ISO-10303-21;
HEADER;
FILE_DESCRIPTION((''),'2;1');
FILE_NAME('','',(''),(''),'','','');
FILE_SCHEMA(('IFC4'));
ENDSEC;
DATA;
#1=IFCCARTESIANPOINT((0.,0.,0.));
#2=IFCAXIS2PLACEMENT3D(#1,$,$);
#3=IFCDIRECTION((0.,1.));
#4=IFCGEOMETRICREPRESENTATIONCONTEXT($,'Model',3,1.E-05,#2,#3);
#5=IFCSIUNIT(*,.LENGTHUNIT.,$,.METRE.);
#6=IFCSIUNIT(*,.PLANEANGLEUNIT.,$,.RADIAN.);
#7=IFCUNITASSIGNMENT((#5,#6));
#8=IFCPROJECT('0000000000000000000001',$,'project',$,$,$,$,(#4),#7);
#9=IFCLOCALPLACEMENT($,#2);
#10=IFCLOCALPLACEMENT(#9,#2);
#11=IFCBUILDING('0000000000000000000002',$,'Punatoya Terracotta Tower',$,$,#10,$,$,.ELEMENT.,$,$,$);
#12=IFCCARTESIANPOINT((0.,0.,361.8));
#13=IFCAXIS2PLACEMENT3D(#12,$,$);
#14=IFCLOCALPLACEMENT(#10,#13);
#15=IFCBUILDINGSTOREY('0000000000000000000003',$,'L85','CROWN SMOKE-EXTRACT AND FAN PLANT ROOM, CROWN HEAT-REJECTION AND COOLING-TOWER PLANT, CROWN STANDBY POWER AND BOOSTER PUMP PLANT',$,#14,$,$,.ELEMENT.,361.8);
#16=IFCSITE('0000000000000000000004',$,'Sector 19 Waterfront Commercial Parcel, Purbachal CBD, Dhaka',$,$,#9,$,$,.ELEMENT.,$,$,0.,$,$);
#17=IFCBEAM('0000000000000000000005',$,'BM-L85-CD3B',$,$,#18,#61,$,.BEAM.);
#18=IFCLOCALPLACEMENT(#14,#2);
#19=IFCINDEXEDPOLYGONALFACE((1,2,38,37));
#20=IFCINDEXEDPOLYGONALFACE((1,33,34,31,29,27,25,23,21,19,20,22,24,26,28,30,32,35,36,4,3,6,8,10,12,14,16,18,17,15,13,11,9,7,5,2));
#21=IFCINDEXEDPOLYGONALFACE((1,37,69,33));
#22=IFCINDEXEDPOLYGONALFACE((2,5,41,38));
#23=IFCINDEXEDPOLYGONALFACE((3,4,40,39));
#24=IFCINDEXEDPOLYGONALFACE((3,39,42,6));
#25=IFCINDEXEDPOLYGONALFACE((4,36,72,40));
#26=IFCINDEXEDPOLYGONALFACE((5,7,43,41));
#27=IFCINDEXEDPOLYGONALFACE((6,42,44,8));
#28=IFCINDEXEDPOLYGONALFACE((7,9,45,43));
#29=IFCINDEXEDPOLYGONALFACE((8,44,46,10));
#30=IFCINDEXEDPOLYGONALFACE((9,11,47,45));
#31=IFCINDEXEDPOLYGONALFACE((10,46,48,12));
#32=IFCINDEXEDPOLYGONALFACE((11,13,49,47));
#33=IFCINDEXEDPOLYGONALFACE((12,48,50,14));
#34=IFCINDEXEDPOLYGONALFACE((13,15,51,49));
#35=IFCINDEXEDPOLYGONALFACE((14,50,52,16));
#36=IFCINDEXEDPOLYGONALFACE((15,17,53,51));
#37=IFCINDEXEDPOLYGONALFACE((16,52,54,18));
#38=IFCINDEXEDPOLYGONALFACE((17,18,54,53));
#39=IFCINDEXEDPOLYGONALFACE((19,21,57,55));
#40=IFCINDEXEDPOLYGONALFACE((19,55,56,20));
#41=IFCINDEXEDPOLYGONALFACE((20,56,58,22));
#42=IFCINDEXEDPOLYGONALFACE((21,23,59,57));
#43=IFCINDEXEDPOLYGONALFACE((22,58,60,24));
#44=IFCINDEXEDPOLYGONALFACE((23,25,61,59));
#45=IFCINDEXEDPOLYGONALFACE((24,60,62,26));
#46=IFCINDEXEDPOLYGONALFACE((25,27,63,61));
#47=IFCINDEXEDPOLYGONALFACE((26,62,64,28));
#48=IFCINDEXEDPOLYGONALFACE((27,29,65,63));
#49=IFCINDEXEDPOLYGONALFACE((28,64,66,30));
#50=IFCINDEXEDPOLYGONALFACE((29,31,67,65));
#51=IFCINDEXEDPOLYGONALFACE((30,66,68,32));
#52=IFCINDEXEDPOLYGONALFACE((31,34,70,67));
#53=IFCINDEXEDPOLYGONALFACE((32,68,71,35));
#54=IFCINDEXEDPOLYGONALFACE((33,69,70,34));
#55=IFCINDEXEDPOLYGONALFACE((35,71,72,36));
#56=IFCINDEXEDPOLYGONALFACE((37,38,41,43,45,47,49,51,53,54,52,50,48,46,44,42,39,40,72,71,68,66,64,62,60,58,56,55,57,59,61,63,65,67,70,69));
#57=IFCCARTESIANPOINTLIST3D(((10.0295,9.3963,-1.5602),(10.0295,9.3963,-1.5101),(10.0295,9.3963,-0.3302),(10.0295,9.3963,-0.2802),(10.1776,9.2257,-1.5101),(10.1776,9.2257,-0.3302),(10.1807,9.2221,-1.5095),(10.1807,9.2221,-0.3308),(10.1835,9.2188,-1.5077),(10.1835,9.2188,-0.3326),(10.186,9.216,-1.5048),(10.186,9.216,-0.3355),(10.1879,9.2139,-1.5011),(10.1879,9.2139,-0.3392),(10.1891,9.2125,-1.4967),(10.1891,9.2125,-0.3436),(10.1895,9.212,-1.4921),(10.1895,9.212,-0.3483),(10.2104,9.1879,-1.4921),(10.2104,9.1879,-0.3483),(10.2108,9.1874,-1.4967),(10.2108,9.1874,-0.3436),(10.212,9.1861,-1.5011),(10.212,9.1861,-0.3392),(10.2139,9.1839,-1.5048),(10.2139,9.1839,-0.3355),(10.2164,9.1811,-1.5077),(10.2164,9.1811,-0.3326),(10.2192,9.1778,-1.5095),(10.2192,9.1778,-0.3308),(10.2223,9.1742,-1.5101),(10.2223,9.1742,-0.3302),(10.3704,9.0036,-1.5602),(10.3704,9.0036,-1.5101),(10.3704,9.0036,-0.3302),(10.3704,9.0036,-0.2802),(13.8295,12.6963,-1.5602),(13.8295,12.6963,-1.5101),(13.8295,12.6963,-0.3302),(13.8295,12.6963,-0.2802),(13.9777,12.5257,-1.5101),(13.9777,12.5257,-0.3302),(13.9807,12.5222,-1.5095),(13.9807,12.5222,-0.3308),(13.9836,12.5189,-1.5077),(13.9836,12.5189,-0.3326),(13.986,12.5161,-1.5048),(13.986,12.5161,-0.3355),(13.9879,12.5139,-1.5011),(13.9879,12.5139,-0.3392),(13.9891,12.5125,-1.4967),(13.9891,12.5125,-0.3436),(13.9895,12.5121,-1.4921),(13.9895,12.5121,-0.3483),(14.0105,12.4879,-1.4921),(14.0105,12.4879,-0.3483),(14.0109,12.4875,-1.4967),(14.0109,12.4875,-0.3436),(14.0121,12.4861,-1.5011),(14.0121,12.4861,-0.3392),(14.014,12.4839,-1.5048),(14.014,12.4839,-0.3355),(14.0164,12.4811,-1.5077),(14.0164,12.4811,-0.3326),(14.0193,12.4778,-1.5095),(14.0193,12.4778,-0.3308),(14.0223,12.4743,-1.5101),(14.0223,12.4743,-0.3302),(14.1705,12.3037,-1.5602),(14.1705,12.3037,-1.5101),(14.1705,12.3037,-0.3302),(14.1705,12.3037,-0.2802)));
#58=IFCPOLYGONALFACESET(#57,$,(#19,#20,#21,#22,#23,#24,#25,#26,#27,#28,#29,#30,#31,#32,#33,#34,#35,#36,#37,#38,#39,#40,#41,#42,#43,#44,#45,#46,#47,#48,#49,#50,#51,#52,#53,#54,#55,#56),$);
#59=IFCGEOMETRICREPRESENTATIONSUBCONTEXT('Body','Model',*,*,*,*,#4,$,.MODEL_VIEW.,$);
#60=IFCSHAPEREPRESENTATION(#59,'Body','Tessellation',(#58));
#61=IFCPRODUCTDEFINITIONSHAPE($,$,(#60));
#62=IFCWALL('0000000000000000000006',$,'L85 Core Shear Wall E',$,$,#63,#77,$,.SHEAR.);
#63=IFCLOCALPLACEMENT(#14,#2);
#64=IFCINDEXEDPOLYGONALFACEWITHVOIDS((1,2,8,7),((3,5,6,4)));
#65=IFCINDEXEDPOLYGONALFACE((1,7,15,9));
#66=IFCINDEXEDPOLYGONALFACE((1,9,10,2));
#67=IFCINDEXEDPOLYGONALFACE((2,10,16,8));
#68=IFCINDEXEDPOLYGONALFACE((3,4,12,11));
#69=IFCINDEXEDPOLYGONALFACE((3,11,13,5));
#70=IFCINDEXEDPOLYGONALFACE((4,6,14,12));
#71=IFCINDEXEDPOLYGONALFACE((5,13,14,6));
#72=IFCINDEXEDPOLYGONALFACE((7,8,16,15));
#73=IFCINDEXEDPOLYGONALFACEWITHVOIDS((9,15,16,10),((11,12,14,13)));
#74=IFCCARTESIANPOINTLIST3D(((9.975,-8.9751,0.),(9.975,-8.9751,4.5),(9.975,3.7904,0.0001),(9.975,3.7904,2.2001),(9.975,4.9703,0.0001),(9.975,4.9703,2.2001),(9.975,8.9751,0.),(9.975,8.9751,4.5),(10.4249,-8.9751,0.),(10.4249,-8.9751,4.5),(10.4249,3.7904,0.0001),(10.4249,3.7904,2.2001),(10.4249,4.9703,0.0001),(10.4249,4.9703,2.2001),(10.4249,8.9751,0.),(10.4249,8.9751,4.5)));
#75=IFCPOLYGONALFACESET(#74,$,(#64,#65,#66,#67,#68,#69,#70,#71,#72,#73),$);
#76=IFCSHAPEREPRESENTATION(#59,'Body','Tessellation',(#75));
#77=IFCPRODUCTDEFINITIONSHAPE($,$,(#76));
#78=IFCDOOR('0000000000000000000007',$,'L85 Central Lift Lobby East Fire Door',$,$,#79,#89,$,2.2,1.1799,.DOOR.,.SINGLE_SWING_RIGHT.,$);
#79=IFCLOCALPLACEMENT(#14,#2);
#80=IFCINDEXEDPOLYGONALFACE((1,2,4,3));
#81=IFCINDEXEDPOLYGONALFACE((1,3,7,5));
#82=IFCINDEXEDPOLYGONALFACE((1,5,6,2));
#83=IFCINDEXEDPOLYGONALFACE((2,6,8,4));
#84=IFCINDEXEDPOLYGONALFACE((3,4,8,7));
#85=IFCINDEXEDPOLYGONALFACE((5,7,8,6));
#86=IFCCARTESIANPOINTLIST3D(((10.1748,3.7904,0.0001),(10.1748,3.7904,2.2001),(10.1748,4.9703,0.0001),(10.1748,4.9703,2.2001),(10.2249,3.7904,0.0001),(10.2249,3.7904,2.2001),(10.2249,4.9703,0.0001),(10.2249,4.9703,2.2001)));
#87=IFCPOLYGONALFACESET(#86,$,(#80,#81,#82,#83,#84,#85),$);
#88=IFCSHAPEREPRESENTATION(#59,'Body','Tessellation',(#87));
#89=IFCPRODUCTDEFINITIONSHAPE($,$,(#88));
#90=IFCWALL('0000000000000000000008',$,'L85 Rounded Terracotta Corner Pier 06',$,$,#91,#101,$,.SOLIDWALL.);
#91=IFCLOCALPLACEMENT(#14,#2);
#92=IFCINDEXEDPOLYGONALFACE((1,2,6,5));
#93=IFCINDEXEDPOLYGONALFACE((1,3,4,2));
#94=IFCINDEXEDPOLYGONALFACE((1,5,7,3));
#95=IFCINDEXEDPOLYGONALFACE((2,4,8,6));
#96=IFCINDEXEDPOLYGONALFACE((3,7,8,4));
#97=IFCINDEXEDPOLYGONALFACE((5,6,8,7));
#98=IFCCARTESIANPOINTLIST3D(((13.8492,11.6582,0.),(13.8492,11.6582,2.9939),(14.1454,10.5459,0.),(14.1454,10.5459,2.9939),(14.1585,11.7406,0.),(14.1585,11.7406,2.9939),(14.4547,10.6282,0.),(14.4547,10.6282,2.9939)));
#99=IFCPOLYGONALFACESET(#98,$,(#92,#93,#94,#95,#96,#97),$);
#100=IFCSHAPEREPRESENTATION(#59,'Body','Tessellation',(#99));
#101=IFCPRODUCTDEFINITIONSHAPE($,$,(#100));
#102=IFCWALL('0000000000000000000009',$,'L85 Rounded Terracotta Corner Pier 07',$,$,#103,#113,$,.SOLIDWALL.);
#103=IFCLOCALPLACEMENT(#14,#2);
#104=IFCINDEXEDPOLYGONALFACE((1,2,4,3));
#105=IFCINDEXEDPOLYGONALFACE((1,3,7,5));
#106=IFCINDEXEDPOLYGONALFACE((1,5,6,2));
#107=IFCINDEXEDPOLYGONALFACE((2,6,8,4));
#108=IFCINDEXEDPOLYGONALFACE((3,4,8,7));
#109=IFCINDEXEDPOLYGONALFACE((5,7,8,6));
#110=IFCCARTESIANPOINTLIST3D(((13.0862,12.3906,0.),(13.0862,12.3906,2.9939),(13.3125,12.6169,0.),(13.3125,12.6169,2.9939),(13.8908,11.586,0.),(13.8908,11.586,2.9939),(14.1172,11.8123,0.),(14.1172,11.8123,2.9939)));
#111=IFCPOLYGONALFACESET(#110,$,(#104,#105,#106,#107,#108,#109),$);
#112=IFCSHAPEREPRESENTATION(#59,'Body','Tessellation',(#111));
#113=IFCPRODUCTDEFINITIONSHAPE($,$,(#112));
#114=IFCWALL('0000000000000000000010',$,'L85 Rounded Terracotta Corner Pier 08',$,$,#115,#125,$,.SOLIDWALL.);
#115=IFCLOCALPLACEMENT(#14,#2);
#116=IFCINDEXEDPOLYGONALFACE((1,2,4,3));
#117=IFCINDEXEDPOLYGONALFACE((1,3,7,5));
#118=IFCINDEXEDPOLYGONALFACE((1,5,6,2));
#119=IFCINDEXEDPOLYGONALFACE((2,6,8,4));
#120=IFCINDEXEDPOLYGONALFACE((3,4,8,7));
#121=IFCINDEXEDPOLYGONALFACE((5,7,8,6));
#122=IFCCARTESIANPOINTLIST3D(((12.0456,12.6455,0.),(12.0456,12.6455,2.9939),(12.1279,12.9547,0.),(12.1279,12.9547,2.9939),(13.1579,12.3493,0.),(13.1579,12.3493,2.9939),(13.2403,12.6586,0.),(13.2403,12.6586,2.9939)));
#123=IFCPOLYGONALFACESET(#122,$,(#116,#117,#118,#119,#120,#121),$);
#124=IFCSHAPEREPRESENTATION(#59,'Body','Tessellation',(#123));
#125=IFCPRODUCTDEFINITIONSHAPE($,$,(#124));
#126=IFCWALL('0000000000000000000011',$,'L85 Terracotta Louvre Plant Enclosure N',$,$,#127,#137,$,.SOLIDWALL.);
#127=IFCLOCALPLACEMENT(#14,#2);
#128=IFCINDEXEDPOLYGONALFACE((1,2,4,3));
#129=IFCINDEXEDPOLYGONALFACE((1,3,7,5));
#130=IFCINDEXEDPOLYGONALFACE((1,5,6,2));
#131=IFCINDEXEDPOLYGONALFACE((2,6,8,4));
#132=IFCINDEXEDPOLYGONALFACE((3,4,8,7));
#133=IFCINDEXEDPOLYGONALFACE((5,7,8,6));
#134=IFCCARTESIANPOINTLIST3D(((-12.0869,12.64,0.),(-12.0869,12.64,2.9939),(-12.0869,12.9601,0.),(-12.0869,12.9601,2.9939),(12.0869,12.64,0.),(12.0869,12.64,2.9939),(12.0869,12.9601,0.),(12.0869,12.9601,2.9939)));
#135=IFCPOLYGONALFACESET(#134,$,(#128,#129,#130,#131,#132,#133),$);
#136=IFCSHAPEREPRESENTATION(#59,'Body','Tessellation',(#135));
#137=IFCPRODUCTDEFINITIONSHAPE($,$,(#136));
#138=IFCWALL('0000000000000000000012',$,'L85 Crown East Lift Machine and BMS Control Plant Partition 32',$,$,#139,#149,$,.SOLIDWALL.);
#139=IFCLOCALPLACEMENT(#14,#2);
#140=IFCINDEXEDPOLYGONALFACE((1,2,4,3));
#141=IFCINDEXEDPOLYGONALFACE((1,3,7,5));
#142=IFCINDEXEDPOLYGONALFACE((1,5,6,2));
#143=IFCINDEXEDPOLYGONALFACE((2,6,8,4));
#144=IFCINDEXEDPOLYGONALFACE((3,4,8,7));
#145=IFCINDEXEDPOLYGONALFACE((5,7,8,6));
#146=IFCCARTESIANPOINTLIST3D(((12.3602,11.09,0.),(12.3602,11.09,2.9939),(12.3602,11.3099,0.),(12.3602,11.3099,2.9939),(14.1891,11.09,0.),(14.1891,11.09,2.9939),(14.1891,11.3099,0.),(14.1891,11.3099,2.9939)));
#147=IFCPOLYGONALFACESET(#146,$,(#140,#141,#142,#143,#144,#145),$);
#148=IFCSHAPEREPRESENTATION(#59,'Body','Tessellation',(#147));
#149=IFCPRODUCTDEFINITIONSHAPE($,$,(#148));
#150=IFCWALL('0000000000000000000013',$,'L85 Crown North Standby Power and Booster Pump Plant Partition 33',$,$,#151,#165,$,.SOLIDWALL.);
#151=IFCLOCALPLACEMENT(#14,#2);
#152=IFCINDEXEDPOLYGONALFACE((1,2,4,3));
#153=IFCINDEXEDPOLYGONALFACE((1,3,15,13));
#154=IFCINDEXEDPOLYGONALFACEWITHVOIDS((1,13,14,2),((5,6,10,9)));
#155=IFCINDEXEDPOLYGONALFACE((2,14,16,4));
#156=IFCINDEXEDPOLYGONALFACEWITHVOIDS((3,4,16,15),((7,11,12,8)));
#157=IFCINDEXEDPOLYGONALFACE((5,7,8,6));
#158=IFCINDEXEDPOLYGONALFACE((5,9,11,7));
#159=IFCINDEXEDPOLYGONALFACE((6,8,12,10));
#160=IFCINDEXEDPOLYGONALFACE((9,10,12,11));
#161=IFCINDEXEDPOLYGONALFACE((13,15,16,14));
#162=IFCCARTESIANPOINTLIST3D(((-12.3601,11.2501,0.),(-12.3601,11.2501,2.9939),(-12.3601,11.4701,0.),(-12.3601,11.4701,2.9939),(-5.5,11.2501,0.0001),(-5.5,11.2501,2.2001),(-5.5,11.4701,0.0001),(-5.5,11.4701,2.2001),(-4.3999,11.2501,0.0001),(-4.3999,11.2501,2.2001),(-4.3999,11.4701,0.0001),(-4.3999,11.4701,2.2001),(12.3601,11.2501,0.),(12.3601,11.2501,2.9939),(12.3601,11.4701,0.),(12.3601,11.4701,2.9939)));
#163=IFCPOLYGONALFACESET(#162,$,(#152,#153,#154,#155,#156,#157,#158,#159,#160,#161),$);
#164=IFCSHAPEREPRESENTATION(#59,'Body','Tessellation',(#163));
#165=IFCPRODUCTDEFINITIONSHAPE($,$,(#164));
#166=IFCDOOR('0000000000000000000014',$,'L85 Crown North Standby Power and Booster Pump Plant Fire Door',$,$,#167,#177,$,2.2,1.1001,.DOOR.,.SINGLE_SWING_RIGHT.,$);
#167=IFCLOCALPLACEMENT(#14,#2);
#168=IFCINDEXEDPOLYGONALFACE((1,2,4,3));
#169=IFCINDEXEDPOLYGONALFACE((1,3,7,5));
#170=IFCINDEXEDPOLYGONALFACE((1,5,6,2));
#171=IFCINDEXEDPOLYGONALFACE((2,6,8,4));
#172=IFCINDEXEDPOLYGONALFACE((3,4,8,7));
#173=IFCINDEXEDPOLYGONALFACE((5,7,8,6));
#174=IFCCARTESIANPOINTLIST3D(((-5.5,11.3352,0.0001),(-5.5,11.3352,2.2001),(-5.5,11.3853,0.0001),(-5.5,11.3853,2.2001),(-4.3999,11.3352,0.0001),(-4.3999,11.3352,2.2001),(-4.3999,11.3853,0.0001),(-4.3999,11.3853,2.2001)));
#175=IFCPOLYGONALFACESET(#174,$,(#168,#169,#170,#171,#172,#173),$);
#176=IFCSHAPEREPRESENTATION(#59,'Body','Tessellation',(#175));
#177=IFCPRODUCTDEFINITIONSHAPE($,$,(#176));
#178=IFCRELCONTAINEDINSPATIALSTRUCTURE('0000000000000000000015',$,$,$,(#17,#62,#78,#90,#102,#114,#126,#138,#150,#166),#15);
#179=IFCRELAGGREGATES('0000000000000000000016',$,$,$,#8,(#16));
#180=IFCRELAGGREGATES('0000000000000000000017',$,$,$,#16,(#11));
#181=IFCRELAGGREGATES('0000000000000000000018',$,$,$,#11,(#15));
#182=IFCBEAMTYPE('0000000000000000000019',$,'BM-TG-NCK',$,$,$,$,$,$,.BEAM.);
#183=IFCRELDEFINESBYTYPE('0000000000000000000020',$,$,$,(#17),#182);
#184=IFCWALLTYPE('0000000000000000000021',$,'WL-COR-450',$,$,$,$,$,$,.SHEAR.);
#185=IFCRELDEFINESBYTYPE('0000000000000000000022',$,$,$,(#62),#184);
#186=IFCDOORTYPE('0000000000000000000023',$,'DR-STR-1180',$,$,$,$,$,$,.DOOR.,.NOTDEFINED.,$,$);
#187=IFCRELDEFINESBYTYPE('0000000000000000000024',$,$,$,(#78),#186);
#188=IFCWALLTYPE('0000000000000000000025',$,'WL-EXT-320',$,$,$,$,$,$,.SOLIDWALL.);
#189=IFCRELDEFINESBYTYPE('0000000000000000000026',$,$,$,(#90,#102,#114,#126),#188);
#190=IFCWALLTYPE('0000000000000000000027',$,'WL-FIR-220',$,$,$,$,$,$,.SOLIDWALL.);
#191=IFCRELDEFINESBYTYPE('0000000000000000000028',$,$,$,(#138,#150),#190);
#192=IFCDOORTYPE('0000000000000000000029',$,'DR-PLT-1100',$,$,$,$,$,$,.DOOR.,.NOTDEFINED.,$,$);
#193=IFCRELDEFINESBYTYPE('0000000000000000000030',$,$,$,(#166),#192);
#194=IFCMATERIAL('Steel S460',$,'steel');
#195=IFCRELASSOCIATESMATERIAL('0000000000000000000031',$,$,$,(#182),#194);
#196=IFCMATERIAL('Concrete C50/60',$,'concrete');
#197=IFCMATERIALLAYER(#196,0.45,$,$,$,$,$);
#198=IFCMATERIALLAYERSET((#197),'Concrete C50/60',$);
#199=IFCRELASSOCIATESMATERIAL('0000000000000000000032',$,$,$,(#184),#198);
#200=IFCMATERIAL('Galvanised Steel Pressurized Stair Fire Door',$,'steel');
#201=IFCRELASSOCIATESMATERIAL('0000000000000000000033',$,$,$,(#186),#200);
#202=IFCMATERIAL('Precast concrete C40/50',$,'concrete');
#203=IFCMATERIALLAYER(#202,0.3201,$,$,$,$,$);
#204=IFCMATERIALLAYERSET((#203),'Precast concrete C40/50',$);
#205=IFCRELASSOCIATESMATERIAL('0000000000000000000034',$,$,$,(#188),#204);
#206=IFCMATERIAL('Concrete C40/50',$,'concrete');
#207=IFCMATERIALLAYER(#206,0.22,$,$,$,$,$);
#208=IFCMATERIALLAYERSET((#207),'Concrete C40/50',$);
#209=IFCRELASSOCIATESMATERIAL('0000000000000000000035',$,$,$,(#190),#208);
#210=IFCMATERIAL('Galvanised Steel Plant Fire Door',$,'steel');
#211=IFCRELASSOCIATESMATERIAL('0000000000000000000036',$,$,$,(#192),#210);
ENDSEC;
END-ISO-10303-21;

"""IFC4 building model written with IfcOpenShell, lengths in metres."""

from ifc_helpers import new_model, si_unit, direction, frame, frame_2d, origin, origin_2d, place, context, subcontext, project, spatial, rectangle, i_section, extrude, material, layer, layer_set, material_profile, profile_set, type_object, element, fill, save


model = new_model("IFC4")

# Units and contexts
model_context = context("Model", 3, precision=1e-05, world=origin(), true_north=direction((0.0, 1.0)))
body_context = subcontext(model_context, "Body", "Model", "MODEL_VIEW")
ifc_project = project(units=[si_unit("LENGTHUNIT", "METRE"), si_unit("PLANEANGLEUNIT", "RADIAN")], contexts=[model_context])

# Site, building, storey
site_placement = place(None, origin())
site = spatial("IfcSite", under=ifc_project, at=site_placement, Name="Sector 19 Waterfront Commercial Parcel, Purbachal CBD, Dhaka", CompositionType="ELEMENT", RefElevation=0.0)
building_placement = place(site_placement, origin())
building = spatial("IfcBuilding", under=site, at=building_placement, Name="Punatoya Terracotta Tower", CompositionType="ELEMENT")
storey_placement = place(building_placement, frame((0.0, 0.0, 361.8)))
storey = spatial("IfcBuildingStorey", under=building, at=storey_placement, Name="L85", Description="CROWN SMOKE-EXTRACT AND FAN PLANT ROOM, CROWN HEAT-REJECTION AND COOLING-TOWER PLANT, CROWN STANDBY POWER AND BOOSTER PUMP PLANT", CompositionType="ELEMENT", Elevation=361.8)

# Beam
ifc_material_1 = material(Name="Steel S460", Category="steel")
ifc_material_profile_1 = material_profile(ifc_material_1, i_section(OverallWidth=0.52, OverallDepth=1.28, WebThickness=0.032, FlangeThickness=0.05, FilletRadius=0.0181, at=origin_2d()))
ifc_profile_set_1 = profile_set([ifc_material_profile_1], Name="Steel S460")
beam_type = type_object("IfcBeamType", Name="BM-TG-NCK", PredefinedType="BEAM", material=ifc_profile_set_1)
beam_1_placement = place(storey_placement, frame((14.0, 12.5, -0.9202), z_axis=(-0.755032, -0.655687, 0.0), x_axis=(0.655687, -0.755032, 0.0)))
element("IfcBeam", 1, at=beam_1_placement, inside=storey, type_object=beam_type, Name="BM-L85-CD3B", PredefinedType="BEAM", context=body_context, shape_type="SweptSolid", body=[
    extrude(i_section(OverallWidth=0.52, OverallDepth=1.28, WebThickness=0.032, FlangeThickness=0.05, FilletRadius=0.0181, at=origin_2d()), origin(), (0.0, 0.0, 1.0), 5.033),
])

# Wall, opening, door
ifc_material_2 = material(Name="Concrete C50/60", Category="concrete")
ifc_layer_1 = layer(ifc_material_2, 0.45)
ifc_layer_set_1 = layer_set([ifc_layer_1], Name="Concrete C50/60")
wall_type_1 = type_object("IfcWallType", Name="WL-COR-450", PredefinedType="SHEAR", material=ifc_layer_set_1)
wall_1_placement = place(storey_placement, frame((10.2, 8.9751, 0.0), z_axis=(0.0, 0.0, 1.0), x_axis=(0.0, -1.0, 0.0)))
wall_1 = element("IfcWall", 2, at=wall_1_placement, inside=storey, type_object=wall_type_1, Name="L85 Core Shear Wall E", PredefinedType="SHEAR", context=body_context, shape_type="SweptSolid", body=[
    extrude(rectangle(XDim=17.9502, YDim=0.45, at=frame_2d((8.9751, 0.0))), origin(), (0.0, 0.0, 1.0), 4.5),
])
opening_1_placement = place(wall_1_placement, frame((4.0049, 0.0, 0.0)))
opening_1 = element("IfcOpeningElement", 3, at=opening_1_placement, cuts=wall_1, PredefinedType="OPENING", context=body_context, shape_type="SweptSolid", body=[
    extrude(rectangle(XDim=1.1799, YDim=2.2, at=frame_2d((0.5898, 1.1001))), frame((0.0, 0.2349, 0.0), z_axis=(0.0, -1.0, 0.0), x_axis=(1.0, 0.0, 0.0)), (0.0, 0.0, 1.0), 0.47),
])
ifc_material_3 = material(Name="Galvanised Steel Pressurized Stair Fire Door", Category="steel")
door_type_1 = type_object("IfcDoorType", Name="DR-STR-1180", OperationType="NOTDEFINED", PredefinedType="DOOR", material=ifc_material_3)
door_1_placement = place(opening_1_placement, origin())
door_1 = element("IfcDoor", 4, at=door_1_placement, inside=storey, type_object=door_type_1, Name="L85 Central Lift Lobby East Fire Door", OperationType="SINGLE_SWING_RIGHT", OverallHeight=2.2, OverallWidth=1.1799, PredefinedType="DOOR", context=body_context, shape_type="SweptSolid", body=[
    extrude(rectangle(XDim=1.1799, YDim=2.2, at=frame_2d((0.5898, 1.1001))), frame((0.0, 0.0249, 0.0), z_axis=(0.0, -1.0, 0.0), x_axis=(1.0, 0.0, 0.0)), (0.0, 0.0, 1.0), 0.05),
])
fill(opening_1, door_1)

# Walls
ifc_material_4 = material(Name="Precast concrete C40/50", Category="concrete")
ifc_layer_2 = layer(ifc_material_4, 0.3201)
ifc_layer_set_2 = layer_set([ifc_layer_2], Name="Precast concrete C40/50")
wall_type_2 = type_object("IfcWallType", Name="WL-EXT-320", PredefinedType="SOLIDWALL", material=ifc_layer_set_2)
wall_2_placement = place(storey_placement, frame((14.3, 10.5869, 0.0), z_axis=(0.0, 0.0, 1.0), x_axis=(-0.25728, 0.966337, 0.0)))
element("IfcWall", 5, at=wall_2_placement, inside=storey, type_object=wall_type_2, Name="L85 Rounded Terracotta Corner Pier 06", PredefinedType="SOLIDWALL", context=body_context, shape_type="SweptSolid", body=[
    extrude(rectangle(XDim=1.1511, YDim=0.3201, at=frame_2d((0.5757, 0.0))), origin(), (0.0, 0.0, 1.0), 2.9939),
])
wall_3_placement = place(storey_placement, frame((14.0039, 11.6992, 0.0), z_axis=(0.0, 0.0, 1.0), x_axis=(-0.707107, 0.707107, 0.0)))
element("IfcWall", 6, at=wall_3_placement, inside=storey, type_object=wall_type_2, Name="L85 Rounded Terracotta Corner Pier 07", PredefinedType="SOLIDWALL", context=body_context, shape_type="SweptSolid", body=[
    extrude(rectangle(XDim=1.1379, YDim=0.3201, at=frame_2d((0.5688, 0.0))), origin(), (0.0, 0.0, 1.0), 2.9939),
])
wall_4_placement = place(storey_placement, frame((13.1992, 12.5039, 0.0), z_axis=(0.0, 0.0, 1.0), x_axis=(-0.966337, 0.25728, 0.0)))
element("IfcWall", 7, at=wall_4_placement, inside=storey, type_object=wall_type_2, Name="L85 Rounded Terracotta Corner Pier 08", PredefinedType="SOLIDWALL", context=body_context, shape_type="SweptSolid", body=[
    extrude(rectangle(XDim=1.1511, YDim=0.3201, at=frame_2d((0.5757, 0.0))), origin(), (0.0, 0.0, 1.0), 2.9939),
])
wall_5_placement = place(storey_placement, frame((12.0869, 12.8, 0.0), z_axis=(0.0, 0.0, 1.0), x_axis=(-1.0, 0.0, 0.0)))
element("IfcWall", 8, at=wall_5_placement, inside=storey, type_object=wall_type_2, Name="L85 Terracotta Louvre Plant Enclosure N", PredefinedType="SOLIDWALL", context=body_context, shape_type="SweptSolid", body=[
    extrude(rectangle(XDim=24.1738, YDim=0.3201, at=frame_2d((12.0869, 0.0))), origin(), (0.0, 0.0, 1.0), 2.9939),
])
ifc_material_5 = material(Name="Concrete C40/50", Category="concrete")
ifc_layer_3 = layer(ifc_material_5, 0.22)
ifc_layer_set_3 = layer_set([ifc_layer_3], Name="Concrete C40/50")
wall_type_3 = type_object("IfcWallType", Name="WL-FIR-220", PredefinedType="SOLIDWALL", material=ifc_layer_set_3)
wall_6_placement = place(storey_placement, frame((12.3601, 11.2, 0.0), z_axis=(0.0, 0.0, 1.0), x_axis=(1.0, 0.0, 0.0)))
element("IfcWall", 9, at=wall_6_placement, inside=storey, type_object=wall_type_3, Name="L85 Crown East Lift Machine and BMS Control Plant Partition 32", PredefinedType="SOLIDWALL", context=body_context, shape_type="SweptSolid", body=[
    extrude(rectangle(XDim=1.8289, YDim=0.22, at=frame_2d((0.9146, 0.0))), origin(), (0.0, 0.0, 1.0), 2.9939),
])

# Wall, opening, door
wall_7_placement = place(storey_placement, frame((12.3601, 11.3601, 0.0), z_axis=(0.0, 0.0, 1.0), x_axis=(-1.0, 0.0, 0.0)))
wall_7 = element("IfcWall", 10, at=wall_7_placement, inside=storey, type_object=wall_type_3, Name="L85 Crown North Standby Power and Booster Pump Plant Partition 33", PredefinedType="SOLIDWALL", context=body_context, shape_type="SweptSolid", body=[
    extrude(rectangle(XDim=24.7202, YDim=0.22, at=frame_2d((12.3601, 0.0))), origin(), (0.0, 0.0, 1.0), 2.9939),
])
opening_2_placement = place(wall_7_placement, frame((16.76, 0.0, 0.0)))
opening_2 = element("IfcOpeningElement", 11, at=opening_2_placement, cuts=wall_7, PredefinedType="OPENING", context=body_context, shape_type="SweptSolid", body=[
    extrude(rectangle(XDim=1.1001, YDim=2.2, at=frame_2d((0.55, 1.1001))), frame((0.0, 0.1199, 0.0), z_axis=(0.0, -1.0, 0.0), x_axis=(1.0, 0.0, 0.0)), (0.0, 0.0, 1.0), 0.24),
])
ifc_material_6 = material(Name="Galvanised Steel Plant Fire Door", Category="steel")
door_type_2 = type_object("IfcDoorType", Name="DR-PLT-1100", OperationType="NOTDEFINED", PredefinedType="DOOR", material=ifc_material_6)
door_2_placement = place(opening_2_placement, origin())
door_2 = element("IfcDoor", 12, at=door_2_placement, inside=storey, type_object=door_type_2, Name="L85 Crown North Standby Power and Booster Pump Plant Fire Door", OperationType="SINGLE_SWING_RIGHT", OverallHeight=2.2, OverallWidth=1.1001, PredefinedType="DOOR", context=body_context, shape_type="SweptSolid", body=[
    extrude(rectangle(XDim=1.1001, YDim=2.2, at=frame_2d((0.55, 1.1001))), frame((0.0, 0.0249, 0.0), z_axis=(0.0, -1.0, 0.0), x_axis=(1.0, 0.0, 0.0)), (0.0, 0.0, 1.0), 0.05),
])
fill(opening_2, door_2)

save(model, "model.ifc")
